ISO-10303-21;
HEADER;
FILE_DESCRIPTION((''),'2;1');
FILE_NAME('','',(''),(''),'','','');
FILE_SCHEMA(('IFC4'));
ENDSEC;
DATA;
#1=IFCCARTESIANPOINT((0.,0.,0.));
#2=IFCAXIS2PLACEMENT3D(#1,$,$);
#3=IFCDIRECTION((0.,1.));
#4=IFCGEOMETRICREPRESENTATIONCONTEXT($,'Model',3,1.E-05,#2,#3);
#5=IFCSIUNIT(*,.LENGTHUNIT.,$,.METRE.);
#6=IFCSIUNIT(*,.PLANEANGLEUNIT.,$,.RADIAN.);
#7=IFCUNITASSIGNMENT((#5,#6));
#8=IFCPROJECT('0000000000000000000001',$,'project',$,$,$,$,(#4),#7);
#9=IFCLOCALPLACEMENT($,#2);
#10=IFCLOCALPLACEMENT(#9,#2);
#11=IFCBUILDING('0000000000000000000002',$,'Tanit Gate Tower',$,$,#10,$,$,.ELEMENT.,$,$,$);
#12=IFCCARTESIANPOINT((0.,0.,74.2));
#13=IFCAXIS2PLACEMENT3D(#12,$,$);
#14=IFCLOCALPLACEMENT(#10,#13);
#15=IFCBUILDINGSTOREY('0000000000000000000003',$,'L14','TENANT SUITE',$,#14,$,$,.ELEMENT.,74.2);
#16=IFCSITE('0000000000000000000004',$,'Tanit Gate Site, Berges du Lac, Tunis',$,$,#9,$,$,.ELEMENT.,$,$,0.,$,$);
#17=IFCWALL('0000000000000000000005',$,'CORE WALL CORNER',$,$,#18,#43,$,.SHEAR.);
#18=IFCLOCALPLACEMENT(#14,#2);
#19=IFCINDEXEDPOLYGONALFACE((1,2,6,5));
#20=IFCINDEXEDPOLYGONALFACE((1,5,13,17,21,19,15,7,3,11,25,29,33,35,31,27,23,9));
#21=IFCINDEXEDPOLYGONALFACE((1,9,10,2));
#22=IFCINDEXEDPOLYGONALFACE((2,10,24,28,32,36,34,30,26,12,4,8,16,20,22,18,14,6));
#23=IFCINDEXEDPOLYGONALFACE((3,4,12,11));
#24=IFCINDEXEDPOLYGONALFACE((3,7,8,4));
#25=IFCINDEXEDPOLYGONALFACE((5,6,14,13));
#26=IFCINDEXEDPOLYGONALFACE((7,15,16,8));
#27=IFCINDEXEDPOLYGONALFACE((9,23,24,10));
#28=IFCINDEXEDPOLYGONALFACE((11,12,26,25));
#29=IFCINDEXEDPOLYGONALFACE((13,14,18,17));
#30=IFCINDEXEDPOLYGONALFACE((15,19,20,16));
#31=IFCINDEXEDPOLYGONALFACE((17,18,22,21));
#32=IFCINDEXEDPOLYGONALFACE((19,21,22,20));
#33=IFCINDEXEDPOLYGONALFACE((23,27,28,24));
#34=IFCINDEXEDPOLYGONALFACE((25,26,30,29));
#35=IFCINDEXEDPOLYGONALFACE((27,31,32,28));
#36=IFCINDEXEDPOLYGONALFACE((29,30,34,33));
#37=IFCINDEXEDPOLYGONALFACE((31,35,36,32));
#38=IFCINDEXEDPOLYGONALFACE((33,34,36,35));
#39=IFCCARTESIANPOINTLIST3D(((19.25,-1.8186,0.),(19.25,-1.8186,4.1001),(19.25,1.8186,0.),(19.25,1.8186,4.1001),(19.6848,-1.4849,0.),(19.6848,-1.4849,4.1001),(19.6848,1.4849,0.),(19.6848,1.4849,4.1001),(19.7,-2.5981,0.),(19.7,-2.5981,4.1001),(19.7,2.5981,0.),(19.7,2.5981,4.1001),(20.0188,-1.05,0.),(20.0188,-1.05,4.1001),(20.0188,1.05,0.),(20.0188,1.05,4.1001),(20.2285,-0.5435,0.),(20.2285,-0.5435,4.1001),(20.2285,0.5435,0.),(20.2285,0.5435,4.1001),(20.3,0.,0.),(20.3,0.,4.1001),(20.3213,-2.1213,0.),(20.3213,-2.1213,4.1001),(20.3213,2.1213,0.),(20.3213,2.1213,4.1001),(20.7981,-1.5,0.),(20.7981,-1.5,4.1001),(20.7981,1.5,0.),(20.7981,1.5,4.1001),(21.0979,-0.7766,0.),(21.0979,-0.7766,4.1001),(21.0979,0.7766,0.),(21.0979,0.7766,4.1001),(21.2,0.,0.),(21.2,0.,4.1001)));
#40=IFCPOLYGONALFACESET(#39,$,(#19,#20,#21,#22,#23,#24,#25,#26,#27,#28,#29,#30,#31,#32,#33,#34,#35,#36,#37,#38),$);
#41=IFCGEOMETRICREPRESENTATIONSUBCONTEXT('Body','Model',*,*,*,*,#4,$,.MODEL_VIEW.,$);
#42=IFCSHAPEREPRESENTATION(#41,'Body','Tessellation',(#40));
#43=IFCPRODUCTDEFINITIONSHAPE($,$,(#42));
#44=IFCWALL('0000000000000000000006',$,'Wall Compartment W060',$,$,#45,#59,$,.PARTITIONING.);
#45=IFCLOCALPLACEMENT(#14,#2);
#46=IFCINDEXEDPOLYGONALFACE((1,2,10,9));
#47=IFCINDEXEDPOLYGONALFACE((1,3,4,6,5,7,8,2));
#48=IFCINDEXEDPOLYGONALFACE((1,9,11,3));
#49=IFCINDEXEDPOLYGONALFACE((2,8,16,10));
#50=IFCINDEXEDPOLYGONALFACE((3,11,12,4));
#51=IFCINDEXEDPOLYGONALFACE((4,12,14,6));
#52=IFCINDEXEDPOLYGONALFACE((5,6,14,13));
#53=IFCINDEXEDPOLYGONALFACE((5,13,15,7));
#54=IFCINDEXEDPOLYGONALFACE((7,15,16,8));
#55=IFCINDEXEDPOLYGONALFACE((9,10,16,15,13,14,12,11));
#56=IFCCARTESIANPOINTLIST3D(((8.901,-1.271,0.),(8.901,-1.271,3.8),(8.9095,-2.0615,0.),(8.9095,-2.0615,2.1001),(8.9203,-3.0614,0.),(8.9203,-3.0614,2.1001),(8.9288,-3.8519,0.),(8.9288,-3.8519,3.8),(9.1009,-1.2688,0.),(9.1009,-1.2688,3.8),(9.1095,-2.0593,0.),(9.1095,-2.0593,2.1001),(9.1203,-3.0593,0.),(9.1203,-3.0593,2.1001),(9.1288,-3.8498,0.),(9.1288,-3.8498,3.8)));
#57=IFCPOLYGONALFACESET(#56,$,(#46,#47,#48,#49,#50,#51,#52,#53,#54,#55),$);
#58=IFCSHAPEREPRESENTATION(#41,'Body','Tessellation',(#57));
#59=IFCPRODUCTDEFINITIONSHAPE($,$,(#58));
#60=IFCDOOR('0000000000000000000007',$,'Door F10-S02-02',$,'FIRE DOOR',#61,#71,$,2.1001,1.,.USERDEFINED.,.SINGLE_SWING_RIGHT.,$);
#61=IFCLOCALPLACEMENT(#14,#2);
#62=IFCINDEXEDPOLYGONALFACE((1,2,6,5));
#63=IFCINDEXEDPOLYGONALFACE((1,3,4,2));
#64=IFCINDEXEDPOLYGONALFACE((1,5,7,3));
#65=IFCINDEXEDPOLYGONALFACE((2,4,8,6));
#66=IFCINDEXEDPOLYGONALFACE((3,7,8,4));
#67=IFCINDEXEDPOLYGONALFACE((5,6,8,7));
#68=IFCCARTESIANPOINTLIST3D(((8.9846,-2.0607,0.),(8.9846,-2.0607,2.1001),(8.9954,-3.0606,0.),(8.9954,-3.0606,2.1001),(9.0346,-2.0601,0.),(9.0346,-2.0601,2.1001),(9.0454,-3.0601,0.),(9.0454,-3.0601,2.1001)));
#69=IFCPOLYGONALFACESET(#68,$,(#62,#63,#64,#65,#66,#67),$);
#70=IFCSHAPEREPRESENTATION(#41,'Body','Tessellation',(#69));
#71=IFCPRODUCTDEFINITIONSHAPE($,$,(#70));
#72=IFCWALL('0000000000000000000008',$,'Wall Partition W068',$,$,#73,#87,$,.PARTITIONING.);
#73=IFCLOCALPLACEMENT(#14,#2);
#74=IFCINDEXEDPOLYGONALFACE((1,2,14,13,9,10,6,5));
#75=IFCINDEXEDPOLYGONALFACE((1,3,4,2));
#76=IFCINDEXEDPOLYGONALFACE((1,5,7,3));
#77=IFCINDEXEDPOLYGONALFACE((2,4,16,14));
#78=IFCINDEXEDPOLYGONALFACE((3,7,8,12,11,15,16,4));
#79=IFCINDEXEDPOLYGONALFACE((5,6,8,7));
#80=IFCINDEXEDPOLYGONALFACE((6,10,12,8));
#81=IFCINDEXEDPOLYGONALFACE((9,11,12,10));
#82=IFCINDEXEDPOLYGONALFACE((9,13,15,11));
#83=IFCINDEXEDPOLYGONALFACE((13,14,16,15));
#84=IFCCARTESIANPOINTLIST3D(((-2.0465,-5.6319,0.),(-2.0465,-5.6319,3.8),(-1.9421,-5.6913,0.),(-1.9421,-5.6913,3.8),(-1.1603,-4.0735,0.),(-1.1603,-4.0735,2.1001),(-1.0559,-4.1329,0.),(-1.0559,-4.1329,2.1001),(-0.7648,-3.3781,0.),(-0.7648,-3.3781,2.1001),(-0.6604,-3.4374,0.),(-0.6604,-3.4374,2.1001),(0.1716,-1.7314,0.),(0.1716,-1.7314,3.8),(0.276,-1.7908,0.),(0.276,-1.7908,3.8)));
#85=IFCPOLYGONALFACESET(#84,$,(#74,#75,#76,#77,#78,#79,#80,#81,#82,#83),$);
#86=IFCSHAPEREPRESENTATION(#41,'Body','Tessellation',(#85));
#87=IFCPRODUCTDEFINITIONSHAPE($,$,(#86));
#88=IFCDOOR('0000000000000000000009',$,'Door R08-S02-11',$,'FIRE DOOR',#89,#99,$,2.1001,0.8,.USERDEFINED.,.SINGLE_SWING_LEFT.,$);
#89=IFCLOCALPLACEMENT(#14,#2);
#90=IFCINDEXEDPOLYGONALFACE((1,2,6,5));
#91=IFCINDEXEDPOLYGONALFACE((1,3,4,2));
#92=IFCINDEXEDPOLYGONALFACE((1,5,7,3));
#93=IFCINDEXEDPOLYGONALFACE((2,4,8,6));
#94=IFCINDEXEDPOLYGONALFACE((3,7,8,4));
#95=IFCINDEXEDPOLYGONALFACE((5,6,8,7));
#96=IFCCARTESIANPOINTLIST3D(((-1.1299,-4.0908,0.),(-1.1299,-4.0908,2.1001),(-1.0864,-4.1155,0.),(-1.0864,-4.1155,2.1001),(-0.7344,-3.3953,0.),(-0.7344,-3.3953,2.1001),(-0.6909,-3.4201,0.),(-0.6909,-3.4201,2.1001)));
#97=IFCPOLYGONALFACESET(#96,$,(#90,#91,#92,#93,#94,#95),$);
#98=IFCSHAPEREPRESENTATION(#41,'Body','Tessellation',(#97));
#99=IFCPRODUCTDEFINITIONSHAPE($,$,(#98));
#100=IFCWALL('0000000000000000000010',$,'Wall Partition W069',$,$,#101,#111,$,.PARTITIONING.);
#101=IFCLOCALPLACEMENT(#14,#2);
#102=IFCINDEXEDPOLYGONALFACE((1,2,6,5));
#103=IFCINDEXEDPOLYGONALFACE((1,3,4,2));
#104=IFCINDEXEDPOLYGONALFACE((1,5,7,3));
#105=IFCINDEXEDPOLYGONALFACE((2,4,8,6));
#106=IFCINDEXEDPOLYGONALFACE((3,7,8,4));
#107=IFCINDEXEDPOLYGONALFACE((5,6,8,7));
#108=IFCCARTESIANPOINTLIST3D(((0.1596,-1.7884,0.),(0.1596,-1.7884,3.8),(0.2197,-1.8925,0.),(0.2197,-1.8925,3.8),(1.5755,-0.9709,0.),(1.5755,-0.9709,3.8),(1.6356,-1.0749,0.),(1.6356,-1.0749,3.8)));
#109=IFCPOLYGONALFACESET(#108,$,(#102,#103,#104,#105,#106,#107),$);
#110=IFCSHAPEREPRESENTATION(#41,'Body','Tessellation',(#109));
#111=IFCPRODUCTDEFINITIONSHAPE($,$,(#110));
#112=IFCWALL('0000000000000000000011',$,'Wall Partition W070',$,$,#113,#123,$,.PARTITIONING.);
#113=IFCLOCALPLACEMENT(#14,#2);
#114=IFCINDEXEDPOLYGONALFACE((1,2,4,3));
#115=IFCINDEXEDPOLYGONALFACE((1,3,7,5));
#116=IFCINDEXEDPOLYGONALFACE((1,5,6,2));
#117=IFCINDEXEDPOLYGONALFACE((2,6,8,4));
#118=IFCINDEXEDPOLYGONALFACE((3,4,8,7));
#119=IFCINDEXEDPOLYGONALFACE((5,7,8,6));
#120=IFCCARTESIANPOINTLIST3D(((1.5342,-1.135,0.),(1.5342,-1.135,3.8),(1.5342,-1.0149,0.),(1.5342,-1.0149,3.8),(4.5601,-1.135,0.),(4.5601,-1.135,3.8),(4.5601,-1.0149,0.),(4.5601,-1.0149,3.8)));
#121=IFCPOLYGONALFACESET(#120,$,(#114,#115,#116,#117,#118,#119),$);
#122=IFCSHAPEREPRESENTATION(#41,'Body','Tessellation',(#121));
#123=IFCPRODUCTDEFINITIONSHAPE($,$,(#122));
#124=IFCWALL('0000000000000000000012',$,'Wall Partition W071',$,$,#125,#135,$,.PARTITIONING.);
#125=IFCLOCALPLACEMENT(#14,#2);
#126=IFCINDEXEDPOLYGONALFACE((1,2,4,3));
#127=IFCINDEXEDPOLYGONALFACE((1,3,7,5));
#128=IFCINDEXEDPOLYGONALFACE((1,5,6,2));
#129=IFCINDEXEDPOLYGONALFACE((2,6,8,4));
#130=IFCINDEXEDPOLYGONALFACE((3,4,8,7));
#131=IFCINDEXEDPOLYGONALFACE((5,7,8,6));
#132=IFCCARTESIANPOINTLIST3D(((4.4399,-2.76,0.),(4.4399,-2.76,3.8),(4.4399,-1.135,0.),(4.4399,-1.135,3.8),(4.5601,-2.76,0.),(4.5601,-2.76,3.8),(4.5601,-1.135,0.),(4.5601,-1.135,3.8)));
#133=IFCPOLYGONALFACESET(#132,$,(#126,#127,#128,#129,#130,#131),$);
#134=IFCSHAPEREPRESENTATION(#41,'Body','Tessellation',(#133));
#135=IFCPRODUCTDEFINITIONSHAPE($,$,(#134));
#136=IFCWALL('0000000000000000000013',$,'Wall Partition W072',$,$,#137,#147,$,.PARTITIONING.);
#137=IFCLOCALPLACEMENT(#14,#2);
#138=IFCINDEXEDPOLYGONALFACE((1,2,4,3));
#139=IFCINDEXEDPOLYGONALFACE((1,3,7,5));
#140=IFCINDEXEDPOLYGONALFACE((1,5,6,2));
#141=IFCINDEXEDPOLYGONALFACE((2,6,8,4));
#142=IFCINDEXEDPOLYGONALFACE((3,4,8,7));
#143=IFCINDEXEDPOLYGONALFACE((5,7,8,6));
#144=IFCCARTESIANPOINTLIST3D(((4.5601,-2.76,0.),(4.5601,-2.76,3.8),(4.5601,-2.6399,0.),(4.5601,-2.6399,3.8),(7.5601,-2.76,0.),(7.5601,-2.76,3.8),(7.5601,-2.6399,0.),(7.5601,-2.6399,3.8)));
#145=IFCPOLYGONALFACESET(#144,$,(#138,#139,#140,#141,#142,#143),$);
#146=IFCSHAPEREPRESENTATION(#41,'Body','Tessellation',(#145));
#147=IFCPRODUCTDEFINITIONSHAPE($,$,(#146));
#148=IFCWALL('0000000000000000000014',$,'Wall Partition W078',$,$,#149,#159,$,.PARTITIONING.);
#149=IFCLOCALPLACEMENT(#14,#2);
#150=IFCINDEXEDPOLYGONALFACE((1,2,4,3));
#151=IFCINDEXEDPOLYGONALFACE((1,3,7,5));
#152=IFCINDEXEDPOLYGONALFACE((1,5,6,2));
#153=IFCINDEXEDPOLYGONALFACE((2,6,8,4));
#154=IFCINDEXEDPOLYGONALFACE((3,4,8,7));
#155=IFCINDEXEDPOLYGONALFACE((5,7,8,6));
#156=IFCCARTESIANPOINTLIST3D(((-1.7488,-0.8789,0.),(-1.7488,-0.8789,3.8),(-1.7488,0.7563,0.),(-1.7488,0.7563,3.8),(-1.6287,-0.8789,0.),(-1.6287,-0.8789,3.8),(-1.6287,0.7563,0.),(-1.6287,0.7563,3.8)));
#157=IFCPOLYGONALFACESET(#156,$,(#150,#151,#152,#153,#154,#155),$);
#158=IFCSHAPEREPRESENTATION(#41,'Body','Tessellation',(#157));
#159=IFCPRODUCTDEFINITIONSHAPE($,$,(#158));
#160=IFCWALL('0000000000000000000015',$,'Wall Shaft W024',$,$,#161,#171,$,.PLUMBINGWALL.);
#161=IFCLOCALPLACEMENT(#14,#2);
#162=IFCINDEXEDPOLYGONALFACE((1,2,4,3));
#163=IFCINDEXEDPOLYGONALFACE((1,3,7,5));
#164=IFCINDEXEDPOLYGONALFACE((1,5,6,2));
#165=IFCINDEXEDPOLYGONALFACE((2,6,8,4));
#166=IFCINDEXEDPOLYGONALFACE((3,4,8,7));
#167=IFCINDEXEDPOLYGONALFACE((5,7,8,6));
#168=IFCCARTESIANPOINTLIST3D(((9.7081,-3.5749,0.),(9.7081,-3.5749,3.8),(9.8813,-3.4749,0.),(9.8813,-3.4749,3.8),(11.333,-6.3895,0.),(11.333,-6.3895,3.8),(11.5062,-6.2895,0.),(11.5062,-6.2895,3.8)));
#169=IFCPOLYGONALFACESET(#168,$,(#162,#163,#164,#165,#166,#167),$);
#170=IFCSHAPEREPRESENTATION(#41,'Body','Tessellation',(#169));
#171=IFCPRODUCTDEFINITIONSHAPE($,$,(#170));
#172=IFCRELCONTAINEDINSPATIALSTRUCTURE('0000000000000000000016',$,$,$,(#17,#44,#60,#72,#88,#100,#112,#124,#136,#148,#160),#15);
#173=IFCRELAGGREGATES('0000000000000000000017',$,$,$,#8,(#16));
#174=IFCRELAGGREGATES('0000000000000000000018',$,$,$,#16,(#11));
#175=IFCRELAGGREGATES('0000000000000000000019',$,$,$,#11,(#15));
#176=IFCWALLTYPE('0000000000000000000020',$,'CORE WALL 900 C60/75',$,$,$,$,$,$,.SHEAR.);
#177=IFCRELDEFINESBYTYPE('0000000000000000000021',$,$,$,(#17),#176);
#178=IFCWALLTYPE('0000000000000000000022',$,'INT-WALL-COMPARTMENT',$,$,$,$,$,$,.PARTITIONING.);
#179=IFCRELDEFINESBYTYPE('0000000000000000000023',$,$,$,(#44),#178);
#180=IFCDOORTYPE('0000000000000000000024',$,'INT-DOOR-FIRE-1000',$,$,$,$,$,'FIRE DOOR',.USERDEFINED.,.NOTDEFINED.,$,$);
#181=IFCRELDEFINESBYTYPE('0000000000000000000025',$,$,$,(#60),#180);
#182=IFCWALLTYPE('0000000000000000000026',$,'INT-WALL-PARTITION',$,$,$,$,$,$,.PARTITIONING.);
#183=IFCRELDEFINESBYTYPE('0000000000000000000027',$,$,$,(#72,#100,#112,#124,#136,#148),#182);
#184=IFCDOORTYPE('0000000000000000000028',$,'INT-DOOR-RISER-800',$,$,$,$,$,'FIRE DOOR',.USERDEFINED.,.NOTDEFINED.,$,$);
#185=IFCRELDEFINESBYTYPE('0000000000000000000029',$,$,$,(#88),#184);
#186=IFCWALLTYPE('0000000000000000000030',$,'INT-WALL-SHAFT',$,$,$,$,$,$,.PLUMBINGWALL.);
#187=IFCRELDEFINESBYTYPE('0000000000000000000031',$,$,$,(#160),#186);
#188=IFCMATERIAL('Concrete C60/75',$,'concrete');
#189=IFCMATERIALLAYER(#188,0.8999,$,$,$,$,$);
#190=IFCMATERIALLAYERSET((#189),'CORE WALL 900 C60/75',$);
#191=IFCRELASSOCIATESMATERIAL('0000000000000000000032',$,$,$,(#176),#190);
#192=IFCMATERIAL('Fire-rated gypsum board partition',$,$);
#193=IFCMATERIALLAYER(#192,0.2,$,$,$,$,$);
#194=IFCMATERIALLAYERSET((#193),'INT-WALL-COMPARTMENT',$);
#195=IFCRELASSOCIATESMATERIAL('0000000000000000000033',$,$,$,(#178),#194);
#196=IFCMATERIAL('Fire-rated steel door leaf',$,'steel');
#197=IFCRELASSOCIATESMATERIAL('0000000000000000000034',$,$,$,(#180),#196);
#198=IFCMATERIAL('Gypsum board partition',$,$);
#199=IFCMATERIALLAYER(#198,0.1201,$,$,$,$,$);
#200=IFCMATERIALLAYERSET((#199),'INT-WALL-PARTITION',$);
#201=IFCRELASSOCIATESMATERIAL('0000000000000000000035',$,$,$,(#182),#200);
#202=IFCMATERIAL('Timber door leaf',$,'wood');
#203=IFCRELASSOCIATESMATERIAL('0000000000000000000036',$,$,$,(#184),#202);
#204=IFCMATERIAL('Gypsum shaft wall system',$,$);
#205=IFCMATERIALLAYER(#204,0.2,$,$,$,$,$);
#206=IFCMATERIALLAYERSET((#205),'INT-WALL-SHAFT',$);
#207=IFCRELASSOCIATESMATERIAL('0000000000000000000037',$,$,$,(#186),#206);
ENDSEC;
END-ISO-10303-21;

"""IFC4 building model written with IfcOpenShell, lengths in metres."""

from ifc_helpers import new_model, si_unit, direction, frame, frame_2d, origin, place, context, subcontext, project, spatial, polyline, rectangle, outline, extrude, material, layer, layer_set, type_object, element, fill, save


model = new_model("IFC4")

# Units and contexts
model_context = context("Model", 3, precision=1e-05, world=origin(), true_north=direction((0.0, 1.0)))
body_context = subcontext(model_context, "Body", "Model", "MODEL_VIEW")
ifc_project = project(units=[si_unit("LENGTHUNIT", "METRE"), si_unit("PLANEANGLEUNIT", "RADIAN")], contexts=[model_context])

# Site, building, storey
site_placement = place(None, origin())
site = spatial("IfcSite", under=ifc_project, at=site_placement, Name="Tanit Gate Site, Berges du Lac, Tunis", CompositionType="ELEMENT", RefElevation=0.0)
building_placement = place(site_placement, origin())
building = spatial("IfcBuilding", under=site, at=building_placement, Name="Tanit Gate Tower", CompositionType="ELEMENT")
storey_placement = place(building_placement, frame((0.0, 0.0, 74.2)))
storey = spatial("IfcBuildingStorey", under=building, at=storey_placement, Name="L14", Description="TENANT SUITE", CompositionType="ELEMENT", Elevation=74.2)

# Wall
ifc_material_1 = material(Name="Concrete C60/75", Category="concrete")
ifc_layer_1 = layer(ifc_material_1, 0.8999)
ifc_layer_set_1 = layer_set([ifc_layer_1], Name="CORE WALL 900 C60/75")
wall_type_1 = type_object("IfcWallType", Name="CORE WALL 900 C60/75", PredefinedType="SHEAR", material=ifc_layer_set_1)
wall_1_placement = place(storey_placement, origin())
element("IfcWall", 1, at=wall_1_placement, inside=storey, type_object=wall_type_1, Name="CORE WALL CORNER", PredefinedType="SHEAR", context=body_context, shape_type="SweptSolid", body=[
    extrude(outline(polyline([(19.7, -2.5981), (20.3213, -2.1213), (20.7981, -1.5), (21.0979, -0.7766), (21.2, 0.0), (21.0979, 0.7766), (20.7981, 1.5), (20.3213, 2.1213), (19.7, 2.5981), (19.25, 1.8186), (19.6848, 1.4849), (20.0188, 1.05), (20.2285, 0.5435), (20.3, 0.0), (20.2285, -0.5435), (20.0188, -1.05), (19.6848, -1.4849), (19.25, -1.8186), (19.7, -2.5981)])), origin(), (0.0, 0.0, 1.0), 4.1001),
])

# Walls, openings, doors
ifc_material_2 = material(Name="Fire-rated gypsum board partition")
ifc_layer_2 = layer(ifc_material_2, 0.2)
ifc_layer_set_2 = layer_set([ifc_layer_2], Name="INT-WALL-COMPARTMENT")
wall_type_2 = type_object("IfcWallType", Name="INT-WALL-COMPARTMENT", PredefinedType="PARTITIONING", material=ifc_layer_set_2)
wall_2_placement = place(storey_placement, frame((9.0288, -3.8508, 0.0), z_axis=(0.0, 0.0, 1.0), x_axis=(-0.010784, 0.999942, 0.0)))
wall_2 = element("IfcWall", 2, at=wall_2_placement, inside=storey, type_object=wall_type_2, Name="Wall Compartment W060", PredefinedType="PARTITIONING", context=body_context, shape_type="SweptSolid", body=[
    extrude(rectangle(XDim=2.5811, YDim=0.2, at=frame_2d((1.2905, 0.0))), origin(), (0.0, 0.0, 1.0), 3.8),
])
opening_1_placement = place(wall_2_placement, frame((0.7905, 0.0, 0.0)))
opening_1 = element("IfcOpeningElement", 3, at=opening_1_placement, cuts=wall_2, PredefinedType="OPENING", context=body_context, shape_type="SweptSolid", body=[
    extrude(rectangle(XDim=1.0, YDim=2.1001, at=frame_2d((0.5, 1.05))), frame((0.0, 0.1099, 0.0), z_axis=(0.0, -1.0, 0.0), x_axis=(1.0, 0.0, 0.0)), (0.0, 0.0, 1.0), 0.22),
])
ifc_material_3 = material(Name="Fire-rated steel door leaf", Category="steel")
door_type_1 = type_object("IfcDoorType", Name="INT-DOOR-FIRE-1000", ElementType="FIRE DOOR", OperationType="NOTDEFINED", PredefinedType="USERDEFINED", material=ifc_material_3)
door_1_placement = place(opening_1_placement, origin())
door_1 = element("IfcDoor", 4, at=door_1_placement, inside=storey, type_object=door_type_1, Name="Door F10-S02-02", ObjectType="FIRE DOOR", OperationType="SINGLE_SWING_RIGHT", OverallHeight=2.1001, OverallWidth=1.0, PredefinedType="USERDEFINED", context=body_context, shape_type="SweptSolid", body=[
    extrude(rectangle(XDim=1.0, YDim=2.1001, at=frame_2d((0.5, 1.05))), frame((0.0, 0.0249, 0.0), z_axis=(0.0, -1.0, 0.0), x_axis=(1.0, 0.0, 0.0)), (0.0, 0.0, 1.0), 0.05),
])
fill(opening_1, door_1)
ifc_material_4 = material(Name="Gypsum board partition")
ifc_layer_3 = layer(ifc_material_4, 0.1201)
ifc_layer_set_3 = layer_set([ifc_layer_3], Name="INT-WALL-PARTITION")
wall_type_3 = type_object("IfcWallType", Name="INT-WALL-PARTITION", PredefinedType="PARTITIONING", material=ifc_layer_set_3)
wall_3_placement = place(storey_placement, frame((0.2239, -1.761, 0.0), z_axis=(0.0, 0.0, 1.0), x_axis=(-0.494327, -0.869276, 0.0)))
wall_3 = element("IfcWall", 5, at=wall_3_placement, inside=storey, type_object=wall_type_3, Name="Wall Partition W068", PredefinedType="PARTITIONING", context=body_context, shape_type="SweptSolid", body=[
    extrude(rectangle(XDim=4.4871, YDim=0.1201, at=frame_2d((2.2437, 0.0))), origin(), (0.0, 0.0, 1.0), 3.8),
])
opening_2_placement = place(wall_3_placement, frame((1.8945, 0.0, 0.0)))
opening_2 = element("IfcOpeningElement", 6, at=opening_2_placement, cuts=wall_3, PredefinedType="OPENING", context=body_context, shape_type="SweptSolid", body=[
    extrude(rectangle(XDim=0.8, YDim=2.1001, at=frame_2d((0.3999, 1.05))), frame((0.0, 0.0701, 0.0), z_axis=(0.0, -1.0, 0.0), x_axis=(1.0, 0.0, 0.0)), (0.0, 0.0, 1.0), 0.1401),
])
ifc_material_5 = material(Name="Timber door leaf", Category="wood")
door_type_2 = type_object("IfcDoorType", Name="INT-DOOR-RISER-800", ElementType="FIRE DOOR", OperationType="NOTDEFINED", PredefinedType="USERDEFINED", material=ifc_material_5)
door_2_placement = place(opening_2_placement, origin())
door_2 = element("IfcDoor", 7, at=door_2_placement, inside=storey, type_object=door_type_2, Name="Door R08-S02-11", ObjectType="FIRE DOOR", OperationType="SINGLE_SWING_LEFT", OverallHeight=2.1001, OverallWidth=0.8, PredefinedType="USERDEFINED", context=body_context, shape_type="SweptSolid", body=[
    extrude(rectangle(XDim=0.8, YDim=2.1001, at=frame_2d((0.3999, 1.05))), frame((0.0, 0.0249, 0.0), z_axis=(0.0, -1.0, 0.0), x_axis=(1.0, 0.0, 0.0)), (0.0, 0.0, 1.0), 0.05),
])
fill(opening_2, door_2)

# Walls
wall_4_placement = place(storey_placement, frame((1.6055, -1.0229, 0.0), z_axis=(0.0, 0.0, 1.0), x_axis=(-0.866002, -0.500041, 0.0)))
element("IfcWall", 8, at=wall_4_placement, inside=storey, type_object=wall_type_3, Name="Wall Partition W069", PredefinedType="PARTITIONING", context=body_context, shape_type="SweptSolid", body=[
    extrude(rectangle(XDim=1.635, YDim=0.1201, at=frame_2d((0.8174, 0.0))), origin(), (0.0, 0.0, 1.0), 3.8),
])
wall_5_placement = place(storey_placement, frame((4.5601, -1.075, 0.0), z_axis=(0.0, 0.0, 1.0), x_axis=(-1.0, 0.0, 0.0)))
element("IfcWall", 9, at=wall_5_placement, inside=storey, type_object=wall_type_3, Name="Wall Partition W070", PredefinedType="PARTITIONING", context=body_context, shape_type="SweptSolid", body=[
    extrude(rectangle(XDim=3.0259, YDim=0.1201, at=frame_2d((1.5129, 0.0))), origin(), (0.0, 0.0, 1.0), 3.8),
])
wall_6_placement = place(storey_placement, frame((4.5, -2.76, 0.0), z_axis=(0.0, 0.0, 1.0), x_axis=(0.0, 1.0, 0.0)))
element("IfcWall", 10, at=wall_6_placement, inside=storey, type_object=wall_type_3, Name="Wall Partition W071", PredefinedType="PARTITIONING", context=body_context, shape_type="SweptSolid", body=[
    extrude(rectangle(XDim=1.625, YDim=0.1201, at=frame_2d((0.8125, 0.0))), origin(), (0.0, 0.0, 1.0), 3.8),
])
wall_7_placement = place(storey_placement, frame((7.5601, -2.7, 0.0), z_axis=(0.0, 0.0, 1.0), x_axis=(-1.0, 0.0, 0.0)))
element("IfcWall", 11, at=wall_7_placement, inside=storey, type_object=wall_type_3, Name="Wall Partition W072", PredefinedType="PARTITIONING", context=body_context, shape_type="SweptSolid", body=[
    extrude(rectangle(XDim=3.0, YDim=0.1201, at=frame_2d((1.5, 0.0))), origin(), (0.0, 0.0, 1.0), 3.8),
])
wall_8_placement = place(storey_placement, frame((-1.6887, -0.8789, 0.0), z_axis=(0.0, 0.0, 1.0), x_axis=(0.0, 1.0, 0.0)))
element("IfcWall", 12, at=wall_8_placement, inside=storey, type_object=wall_type_3, Name="Wall Partition W078", PredefinedType="PARTITIONING", context=body_context, shape_type="SweptSolid", body=[
    extrude(rectangle(XDim=1.6353, YDim=0.1201, at=frame_2d((0.8176, 0.0))), origin(), (0.0, 0.0, 1.0), 3.8),
])
ifc_material_6 = material(Name="Gypsum shaft wall system")
ifc_layer_4 = layer(ifc_material_6, 0.2)
ifc_layer_set_4 = layer_set([ifc_layer_4], Name="INT-WALL-SHAFT")
wall_type_4 = type_object("IfcWallType", Name="INT-WALL-SHAFT", PredefinedType="PLUMBINGWALL", material=ifc_layer_set_4)
wall_9_placement = place(storey_placement, frame((9.7947, -3.5249, 0.0), z_axis=(0.0, 0.0, 1.0), x_axis=(0.499985, -0.866034, 0.0)))
element("IfcWall", 13, at=wall_9_placement, inside=storey, type_object=wall_type_4, Name="Wall Shaft W024", PredefinedType="PLUMBINGWALL", context=body_context, shape_type="SweptSolid", body=[
    extrude(rectangle(XDim=3.25, YDim=0.2, at=frame_2d((1.625, 0.0))), origin(), (0.0, 0.0, 1.0), 3.8),
])

save(model, "model.ifc")
